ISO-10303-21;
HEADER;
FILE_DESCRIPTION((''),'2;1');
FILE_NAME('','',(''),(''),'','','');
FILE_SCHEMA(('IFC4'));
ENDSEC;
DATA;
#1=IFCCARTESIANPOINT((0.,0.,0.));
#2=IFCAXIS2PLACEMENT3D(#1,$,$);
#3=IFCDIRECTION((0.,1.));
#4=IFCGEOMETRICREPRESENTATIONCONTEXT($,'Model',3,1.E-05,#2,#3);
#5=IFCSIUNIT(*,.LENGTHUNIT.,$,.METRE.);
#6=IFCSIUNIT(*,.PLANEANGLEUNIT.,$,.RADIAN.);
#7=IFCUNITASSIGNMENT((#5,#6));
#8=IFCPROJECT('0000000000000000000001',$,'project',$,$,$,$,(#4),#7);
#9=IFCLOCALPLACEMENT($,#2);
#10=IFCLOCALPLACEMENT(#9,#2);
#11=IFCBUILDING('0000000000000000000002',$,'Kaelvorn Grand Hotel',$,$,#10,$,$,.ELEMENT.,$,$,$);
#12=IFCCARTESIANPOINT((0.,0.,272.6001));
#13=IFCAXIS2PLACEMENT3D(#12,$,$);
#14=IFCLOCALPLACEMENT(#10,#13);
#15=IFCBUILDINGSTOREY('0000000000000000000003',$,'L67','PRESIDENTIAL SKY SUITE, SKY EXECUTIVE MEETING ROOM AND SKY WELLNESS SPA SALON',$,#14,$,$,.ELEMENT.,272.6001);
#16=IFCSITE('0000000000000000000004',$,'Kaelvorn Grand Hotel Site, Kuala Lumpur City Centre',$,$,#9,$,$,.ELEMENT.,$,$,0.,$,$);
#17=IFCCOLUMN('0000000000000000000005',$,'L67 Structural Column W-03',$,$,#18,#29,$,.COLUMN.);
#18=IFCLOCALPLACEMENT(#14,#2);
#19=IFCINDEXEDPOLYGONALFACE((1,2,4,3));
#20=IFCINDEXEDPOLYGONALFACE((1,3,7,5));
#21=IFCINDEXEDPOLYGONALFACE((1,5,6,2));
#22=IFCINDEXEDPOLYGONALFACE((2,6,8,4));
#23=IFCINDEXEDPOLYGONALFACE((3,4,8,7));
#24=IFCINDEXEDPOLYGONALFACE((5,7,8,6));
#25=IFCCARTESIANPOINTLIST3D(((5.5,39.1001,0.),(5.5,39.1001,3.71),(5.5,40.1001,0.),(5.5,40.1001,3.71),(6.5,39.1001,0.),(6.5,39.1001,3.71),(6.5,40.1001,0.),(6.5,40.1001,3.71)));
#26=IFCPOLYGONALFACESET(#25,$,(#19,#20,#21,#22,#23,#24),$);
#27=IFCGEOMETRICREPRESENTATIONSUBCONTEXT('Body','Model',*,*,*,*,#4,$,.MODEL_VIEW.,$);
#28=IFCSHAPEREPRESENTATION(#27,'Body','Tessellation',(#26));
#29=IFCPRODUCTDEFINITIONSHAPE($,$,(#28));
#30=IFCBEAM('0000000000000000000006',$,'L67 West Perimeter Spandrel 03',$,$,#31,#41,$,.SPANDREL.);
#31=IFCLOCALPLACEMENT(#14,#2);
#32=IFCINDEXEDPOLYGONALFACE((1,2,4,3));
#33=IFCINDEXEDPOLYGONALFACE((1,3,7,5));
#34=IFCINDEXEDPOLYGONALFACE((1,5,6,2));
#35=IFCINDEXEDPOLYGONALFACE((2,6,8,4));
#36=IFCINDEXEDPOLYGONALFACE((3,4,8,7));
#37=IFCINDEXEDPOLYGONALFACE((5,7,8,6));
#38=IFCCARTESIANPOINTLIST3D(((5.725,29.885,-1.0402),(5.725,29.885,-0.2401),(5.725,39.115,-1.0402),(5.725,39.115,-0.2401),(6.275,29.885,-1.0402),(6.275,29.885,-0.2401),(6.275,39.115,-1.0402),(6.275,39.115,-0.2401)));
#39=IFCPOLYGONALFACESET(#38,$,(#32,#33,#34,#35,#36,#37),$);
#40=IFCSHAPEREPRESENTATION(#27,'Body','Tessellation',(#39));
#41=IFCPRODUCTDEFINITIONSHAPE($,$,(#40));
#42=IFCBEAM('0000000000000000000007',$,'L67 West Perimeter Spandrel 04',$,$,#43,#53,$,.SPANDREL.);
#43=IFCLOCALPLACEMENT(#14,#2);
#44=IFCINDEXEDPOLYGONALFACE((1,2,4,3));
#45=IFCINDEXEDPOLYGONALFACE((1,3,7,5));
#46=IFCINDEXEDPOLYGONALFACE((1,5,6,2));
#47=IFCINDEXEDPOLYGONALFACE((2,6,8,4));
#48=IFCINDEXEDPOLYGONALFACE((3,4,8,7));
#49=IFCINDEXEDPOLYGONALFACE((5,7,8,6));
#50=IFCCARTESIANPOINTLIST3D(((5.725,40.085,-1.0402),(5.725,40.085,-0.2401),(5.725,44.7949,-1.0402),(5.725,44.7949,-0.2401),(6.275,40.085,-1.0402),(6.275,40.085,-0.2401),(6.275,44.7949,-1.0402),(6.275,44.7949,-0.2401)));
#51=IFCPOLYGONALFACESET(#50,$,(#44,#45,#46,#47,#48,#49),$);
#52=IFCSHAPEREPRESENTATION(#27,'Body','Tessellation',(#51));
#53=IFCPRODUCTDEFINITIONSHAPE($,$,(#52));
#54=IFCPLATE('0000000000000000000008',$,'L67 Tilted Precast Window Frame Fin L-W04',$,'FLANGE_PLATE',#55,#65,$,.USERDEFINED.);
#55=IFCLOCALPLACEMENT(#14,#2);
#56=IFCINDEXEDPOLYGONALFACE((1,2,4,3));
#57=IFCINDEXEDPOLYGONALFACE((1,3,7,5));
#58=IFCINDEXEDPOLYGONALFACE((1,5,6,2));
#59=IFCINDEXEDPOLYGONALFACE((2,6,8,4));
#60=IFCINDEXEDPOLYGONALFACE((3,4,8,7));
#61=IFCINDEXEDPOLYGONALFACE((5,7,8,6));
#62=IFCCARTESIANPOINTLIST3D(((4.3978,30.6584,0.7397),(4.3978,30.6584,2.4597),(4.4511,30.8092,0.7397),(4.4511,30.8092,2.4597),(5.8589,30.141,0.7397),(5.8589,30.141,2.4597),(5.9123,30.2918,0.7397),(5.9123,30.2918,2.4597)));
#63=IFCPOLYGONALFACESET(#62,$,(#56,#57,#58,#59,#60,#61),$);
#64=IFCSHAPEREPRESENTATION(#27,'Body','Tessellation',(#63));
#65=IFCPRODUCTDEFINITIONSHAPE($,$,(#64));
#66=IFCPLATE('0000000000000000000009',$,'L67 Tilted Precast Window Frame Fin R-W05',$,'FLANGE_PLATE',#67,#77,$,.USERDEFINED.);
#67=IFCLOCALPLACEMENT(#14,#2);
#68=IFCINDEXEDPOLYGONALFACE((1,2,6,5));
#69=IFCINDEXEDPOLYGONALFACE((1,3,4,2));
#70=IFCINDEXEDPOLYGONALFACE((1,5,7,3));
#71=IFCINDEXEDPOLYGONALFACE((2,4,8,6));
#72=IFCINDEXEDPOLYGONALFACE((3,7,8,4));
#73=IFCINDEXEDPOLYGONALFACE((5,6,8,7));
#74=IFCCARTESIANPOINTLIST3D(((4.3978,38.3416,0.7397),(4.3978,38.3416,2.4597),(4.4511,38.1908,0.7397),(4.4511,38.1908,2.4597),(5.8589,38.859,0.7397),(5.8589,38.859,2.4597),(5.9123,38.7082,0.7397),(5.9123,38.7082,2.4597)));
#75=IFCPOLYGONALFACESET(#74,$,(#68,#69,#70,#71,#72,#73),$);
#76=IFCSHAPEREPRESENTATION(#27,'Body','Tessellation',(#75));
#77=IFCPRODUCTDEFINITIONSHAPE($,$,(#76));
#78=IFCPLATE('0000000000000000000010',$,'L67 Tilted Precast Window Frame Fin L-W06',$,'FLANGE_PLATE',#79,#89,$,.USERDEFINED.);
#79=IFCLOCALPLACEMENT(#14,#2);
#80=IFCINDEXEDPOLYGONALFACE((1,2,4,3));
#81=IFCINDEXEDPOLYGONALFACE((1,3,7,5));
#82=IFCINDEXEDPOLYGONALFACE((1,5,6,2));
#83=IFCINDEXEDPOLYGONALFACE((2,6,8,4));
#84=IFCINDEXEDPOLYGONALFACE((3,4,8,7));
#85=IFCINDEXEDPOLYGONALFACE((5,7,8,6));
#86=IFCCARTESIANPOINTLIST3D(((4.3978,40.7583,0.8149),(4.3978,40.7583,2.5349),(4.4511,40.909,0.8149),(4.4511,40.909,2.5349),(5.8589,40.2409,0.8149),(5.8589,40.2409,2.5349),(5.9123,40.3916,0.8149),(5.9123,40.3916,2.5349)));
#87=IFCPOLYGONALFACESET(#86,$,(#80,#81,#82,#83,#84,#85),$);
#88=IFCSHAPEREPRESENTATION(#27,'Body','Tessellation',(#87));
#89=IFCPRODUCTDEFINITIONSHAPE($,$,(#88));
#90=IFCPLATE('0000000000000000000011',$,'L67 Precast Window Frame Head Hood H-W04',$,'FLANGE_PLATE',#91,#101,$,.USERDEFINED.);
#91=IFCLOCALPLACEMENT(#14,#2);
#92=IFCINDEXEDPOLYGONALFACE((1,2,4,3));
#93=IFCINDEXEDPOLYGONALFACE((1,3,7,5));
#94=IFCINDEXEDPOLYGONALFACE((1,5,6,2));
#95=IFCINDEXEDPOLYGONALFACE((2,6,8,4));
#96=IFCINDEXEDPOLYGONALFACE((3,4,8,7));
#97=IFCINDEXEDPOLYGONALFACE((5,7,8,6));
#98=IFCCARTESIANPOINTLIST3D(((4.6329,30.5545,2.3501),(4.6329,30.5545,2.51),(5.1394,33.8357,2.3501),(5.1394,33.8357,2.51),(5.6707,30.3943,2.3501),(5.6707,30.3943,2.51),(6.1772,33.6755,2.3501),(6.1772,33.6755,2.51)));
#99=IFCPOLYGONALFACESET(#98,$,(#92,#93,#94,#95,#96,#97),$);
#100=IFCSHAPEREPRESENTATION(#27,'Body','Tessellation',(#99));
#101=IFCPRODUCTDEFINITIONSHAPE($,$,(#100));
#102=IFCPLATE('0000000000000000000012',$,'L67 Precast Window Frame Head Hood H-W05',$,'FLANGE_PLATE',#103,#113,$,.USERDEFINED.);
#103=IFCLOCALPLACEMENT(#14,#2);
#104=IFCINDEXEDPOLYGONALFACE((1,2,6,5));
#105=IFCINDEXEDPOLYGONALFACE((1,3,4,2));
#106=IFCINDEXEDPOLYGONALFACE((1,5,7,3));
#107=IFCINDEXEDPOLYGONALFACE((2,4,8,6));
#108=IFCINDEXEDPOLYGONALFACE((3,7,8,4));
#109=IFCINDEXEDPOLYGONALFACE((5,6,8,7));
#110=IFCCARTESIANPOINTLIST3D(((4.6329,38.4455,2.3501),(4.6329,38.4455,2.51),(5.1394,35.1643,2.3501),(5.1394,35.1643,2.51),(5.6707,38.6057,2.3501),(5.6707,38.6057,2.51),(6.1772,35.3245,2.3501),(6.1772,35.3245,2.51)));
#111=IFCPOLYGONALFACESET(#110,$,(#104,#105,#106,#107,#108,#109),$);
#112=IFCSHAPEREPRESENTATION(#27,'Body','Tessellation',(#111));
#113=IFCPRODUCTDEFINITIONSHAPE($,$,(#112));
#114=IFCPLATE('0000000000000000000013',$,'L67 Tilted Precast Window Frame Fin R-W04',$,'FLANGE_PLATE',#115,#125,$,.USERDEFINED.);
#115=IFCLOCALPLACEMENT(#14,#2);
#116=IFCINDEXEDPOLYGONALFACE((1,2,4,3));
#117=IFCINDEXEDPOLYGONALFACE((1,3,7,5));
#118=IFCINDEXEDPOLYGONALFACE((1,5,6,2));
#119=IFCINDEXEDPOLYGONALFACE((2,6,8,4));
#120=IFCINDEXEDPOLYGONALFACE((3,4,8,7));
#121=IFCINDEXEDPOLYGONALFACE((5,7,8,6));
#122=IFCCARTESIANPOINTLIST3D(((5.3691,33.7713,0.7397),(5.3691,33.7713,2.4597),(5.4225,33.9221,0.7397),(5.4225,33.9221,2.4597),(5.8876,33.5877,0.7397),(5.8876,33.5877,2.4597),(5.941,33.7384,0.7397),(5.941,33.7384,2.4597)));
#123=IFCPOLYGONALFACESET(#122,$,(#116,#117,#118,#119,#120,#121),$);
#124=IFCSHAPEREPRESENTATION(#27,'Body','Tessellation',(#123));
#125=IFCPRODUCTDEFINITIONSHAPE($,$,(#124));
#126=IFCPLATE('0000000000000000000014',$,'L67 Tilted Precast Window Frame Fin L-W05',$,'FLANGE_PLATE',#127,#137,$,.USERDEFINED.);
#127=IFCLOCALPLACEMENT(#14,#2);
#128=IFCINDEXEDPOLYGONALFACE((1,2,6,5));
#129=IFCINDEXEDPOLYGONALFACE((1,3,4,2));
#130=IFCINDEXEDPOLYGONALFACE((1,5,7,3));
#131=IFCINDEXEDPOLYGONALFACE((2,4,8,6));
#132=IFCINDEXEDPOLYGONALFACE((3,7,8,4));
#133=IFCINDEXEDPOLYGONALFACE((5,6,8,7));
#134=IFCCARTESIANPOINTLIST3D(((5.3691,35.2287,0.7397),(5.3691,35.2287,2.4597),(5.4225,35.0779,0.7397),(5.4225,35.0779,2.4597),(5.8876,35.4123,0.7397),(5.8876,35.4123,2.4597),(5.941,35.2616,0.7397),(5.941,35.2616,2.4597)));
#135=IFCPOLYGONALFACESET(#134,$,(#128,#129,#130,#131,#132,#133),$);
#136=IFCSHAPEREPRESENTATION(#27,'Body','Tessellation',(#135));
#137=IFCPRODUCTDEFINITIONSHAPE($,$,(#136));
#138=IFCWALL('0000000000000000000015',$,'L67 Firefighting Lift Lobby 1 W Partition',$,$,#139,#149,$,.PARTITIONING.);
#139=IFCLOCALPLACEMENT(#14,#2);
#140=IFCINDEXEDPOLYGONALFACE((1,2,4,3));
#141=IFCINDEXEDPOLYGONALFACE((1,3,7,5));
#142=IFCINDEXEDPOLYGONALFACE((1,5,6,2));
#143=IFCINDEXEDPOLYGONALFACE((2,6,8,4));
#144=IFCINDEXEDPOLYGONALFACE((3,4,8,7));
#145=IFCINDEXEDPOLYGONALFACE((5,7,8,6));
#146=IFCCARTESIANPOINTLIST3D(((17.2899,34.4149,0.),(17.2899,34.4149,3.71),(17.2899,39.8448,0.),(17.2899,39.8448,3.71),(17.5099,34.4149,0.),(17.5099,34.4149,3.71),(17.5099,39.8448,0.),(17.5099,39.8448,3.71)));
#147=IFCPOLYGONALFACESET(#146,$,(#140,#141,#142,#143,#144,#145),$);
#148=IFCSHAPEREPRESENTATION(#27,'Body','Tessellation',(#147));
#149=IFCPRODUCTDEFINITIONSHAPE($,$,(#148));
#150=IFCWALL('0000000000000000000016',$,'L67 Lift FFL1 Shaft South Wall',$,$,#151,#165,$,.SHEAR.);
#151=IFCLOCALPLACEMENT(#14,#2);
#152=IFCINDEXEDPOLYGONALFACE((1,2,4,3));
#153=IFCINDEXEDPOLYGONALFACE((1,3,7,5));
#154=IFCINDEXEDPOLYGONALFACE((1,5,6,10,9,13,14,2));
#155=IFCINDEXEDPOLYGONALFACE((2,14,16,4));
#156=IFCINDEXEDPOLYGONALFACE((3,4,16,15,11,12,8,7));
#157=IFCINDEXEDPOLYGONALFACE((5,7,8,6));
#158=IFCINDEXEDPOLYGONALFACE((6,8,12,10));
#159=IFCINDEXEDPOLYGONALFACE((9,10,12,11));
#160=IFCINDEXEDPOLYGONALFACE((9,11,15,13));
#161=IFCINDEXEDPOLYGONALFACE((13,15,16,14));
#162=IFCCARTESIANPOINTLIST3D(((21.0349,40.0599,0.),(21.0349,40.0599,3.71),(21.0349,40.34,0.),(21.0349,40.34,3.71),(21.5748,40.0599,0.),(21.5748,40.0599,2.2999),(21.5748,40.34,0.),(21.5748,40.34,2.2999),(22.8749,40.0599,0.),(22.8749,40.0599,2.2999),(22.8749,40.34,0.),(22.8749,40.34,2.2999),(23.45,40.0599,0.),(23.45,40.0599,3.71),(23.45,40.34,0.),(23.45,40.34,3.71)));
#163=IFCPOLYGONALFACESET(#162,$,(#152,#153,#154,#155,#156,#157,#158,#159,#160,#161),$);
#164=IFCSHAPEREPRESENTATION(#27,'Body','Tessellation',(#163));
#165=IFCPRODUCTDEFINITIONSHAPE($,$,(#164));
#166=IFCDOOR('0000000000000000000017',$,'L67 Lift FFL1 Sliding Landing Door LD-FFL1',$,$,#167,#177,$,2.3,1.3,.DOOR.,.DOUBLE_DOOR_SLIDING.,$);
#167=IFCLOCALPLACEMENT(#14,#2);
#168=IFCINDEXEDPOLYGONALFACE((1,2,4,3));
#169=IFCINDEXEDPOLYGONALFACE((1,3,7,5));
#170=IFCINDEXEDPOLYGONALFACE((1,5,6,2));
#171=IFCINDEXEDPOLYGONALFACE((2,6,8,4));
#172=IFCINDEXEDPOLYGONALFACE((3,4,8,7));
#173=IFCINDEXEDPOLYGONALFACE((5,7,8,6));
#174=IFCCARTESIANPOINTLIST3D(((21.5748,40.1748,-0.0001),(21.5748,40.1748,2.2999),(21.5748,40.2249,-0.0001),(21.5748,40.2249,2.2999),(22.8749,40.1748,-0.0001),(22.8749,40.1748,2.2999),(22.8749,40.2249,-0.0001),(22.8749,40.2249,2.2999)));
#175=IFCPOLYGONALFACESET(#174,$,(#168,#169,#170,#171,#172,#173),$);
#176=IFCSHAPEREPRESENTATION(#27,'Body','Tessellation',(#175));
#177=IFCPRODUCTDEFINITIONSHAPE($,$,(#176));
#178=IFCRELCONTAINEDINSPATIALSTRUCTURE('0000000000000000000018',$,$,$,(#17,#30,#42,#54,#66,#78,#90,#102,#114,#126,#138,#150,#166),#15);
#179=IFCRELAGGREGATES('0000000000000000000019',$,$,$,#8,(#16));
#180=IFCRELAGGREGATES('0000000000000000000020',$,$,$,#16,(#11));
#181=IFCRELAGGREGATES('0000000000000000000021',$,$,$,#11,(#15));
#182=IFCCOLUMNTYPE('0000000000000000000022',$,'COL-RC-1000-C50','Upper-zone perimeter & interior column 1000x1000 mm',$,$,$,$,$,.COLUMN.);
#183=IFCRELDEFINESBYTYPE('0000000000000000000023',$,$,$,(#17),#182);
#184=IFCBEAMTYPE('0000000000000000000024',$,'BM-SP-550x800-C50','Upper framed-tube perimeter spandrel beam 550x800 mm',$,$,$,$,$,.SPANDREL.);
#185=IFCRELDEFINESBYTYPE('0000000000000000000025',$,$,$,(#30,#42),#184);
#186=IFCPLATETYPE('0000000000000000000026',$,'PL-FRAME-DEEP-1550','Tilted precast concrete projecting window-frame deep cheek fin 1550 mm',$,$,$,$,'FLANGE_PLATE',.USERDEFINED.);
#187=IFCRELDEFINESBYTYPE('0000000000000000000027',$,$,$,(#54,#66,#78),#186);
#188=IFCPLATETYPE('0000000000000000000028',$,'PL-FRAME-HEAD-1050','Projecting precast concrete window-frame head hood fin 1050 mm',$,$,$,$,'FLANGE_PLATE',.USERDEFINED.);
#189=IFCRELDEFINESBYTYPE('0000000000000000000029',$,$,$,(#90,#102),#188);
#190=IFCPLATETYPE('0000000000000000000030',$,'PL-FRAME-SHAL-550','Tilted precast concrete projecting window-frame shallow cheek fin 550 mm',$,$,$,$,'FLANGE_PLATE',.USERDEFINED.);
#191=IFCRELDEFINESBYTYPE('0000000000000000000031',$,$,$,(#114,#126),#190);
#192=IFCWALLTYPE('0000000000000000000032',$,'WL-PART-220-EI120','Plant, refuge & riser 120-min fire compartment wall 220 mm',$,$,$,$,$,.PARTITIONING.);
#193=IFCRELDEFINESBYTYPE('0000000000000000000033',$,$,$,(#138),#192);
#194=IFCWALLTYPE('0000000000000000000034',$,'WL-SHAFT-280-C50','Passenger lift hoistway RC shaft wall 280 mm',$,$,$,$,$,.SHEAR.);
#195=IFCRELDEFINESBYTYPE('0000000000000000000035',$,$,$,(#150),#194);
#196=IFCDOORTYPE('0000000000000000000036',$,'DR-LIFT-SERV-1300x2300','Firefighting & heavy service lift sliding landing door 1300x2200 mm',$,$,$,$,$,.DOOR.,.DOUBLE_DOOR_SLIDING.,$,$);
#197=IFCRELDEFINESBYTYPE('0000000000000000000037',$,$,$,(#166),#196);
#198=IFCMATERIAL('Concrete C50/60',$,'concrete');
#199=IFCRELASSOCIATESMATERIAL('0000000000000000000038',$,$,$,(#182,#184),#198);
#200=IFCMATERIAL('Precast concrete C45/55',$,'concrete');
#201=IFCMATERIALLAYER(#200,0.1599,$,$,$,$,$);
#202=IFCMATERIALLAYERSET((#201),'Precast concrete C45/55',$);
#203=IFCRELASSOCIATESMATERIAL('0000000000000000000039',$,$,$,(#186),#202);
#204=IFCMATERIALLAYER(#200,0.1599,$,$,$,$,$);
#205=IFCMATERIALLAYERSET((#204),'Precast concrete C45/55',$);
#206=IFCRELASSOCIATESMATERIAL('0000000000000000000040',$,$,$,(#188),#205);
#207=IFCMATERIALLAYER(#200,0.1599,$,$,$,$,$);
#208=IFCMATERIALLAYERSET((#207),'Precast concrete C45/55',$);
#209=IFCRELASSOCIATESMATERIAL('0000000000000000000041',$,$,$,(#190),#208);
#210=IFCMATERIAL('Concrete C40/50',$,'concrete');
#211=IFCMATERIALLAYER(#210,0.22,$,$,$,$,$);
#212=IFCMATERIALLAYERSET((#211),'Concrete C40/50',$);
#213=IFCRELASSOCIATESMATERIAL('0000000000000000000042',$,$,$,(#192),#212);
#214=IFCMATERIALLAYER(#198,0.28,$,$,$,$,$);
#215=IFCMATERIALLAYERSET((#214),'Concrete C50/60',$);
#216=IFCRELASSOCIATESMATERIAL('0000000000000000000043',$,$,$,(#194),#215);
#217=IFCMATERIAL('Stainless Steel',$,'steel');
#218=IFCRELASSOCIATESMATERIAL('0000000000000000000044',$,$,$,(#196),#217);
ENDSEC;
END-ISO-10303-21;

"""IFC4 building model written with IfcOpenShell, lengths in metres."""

from ifc_helpers import new_model, si_unit, direction, frame, frame_2d, origin, origin_2d, place, context, subcontext, project, spatial, rectangle, extrude, material, layer, layer_set, material_profile, profile_set, type_object, element, fill, save


model = new_model("IFC4")

# Units and contexts
model_context = context("Model", 3, precision=1e-05, world=origin(), true_north=direction((0.0, 1.0)))
body_context = subcontext(model_context, "Body", "Model", "MODEL_VIEW")
ifc_project = project(units=[si_unit("LENGTHUNIT", "METRE"), si_unit("PLANEANGLEUNIT", "RADIAN")], contexts=[model_context])

# Site, building, storey
site_placement = place(None, origin())
site = spatial("IfcSite", under=ifc_project, at=site_placement, Name="Kaelvorn Grand Hotel Site, Kuala Lumpur City Centre", CompositionType="ELEMENT", RefElevation=0.0)
building_placement = place(site_placement, origin())
building = spatial("IfcBuilding", under=site, at=building_placement, Name="Kaelvorn Grand Hotel", CompositionType="ELEMENT")
storey_placement = place(building_placement, frame((0.0, 0.0, 272.6001)))
storey = spatial("IfcBuildingStorey", under=building, at=storey_placement, Name="L67", Description="PRESIDENTIAL SKY SUITE, SKY EXECUTIVE MEETING ROOM AND SKY WELLNESS SPA SALON", CompositionType="ELEMENT", Elevation=272.6001)

# Column
ifc_material_1 = material(Name="Concrete C50/60", Category="concrete")
ifc_material_profile_1 = material_profile(ifc_material_1, rectangle(XDim=1.0, YDim=1.0, at=origin_2d()), Name="RC COL 1000x1000")
ifc_profile_set_1 = profile_set([ifc_material_profile_1], Name="Concrete C50/60")
column_type = type_object("IfcColumnType", Name="COL-RC-1000-C50", Description="Upper-zone perimeter & interior column 1000x1000 mm", PredefinedType="COLUMN", material=ifc_profile_set_1)
column_placement = place(storey_placement, frame((6.0, 39.6001, 0.0), z_axis=(0.0, 0.0, 1.0), x_axis=(1.0, 0.0, 0.0)))
element("IfcColumn", 1, at=column_placement, inside=storey, type_object=column_type, Name="L67 Structural Column W-03", PredefinedType="COLUMN", context=body_context, shape_type="SweptSolid", body=[
    extrude(rectangle(XDim=1.0, YDim=1.0, at=origin_2d()), origin(), (0.0, 0.0, 1.0), 3.71),
])

# Beams
ifc_material_profile_2 = material_profile(ifc_material_1, rectangle(XDim=0.55, YDim=0.8, at=origin_2d()), Name="RC SPANDREL 550x800")
ifc_profile_set_2 = profile_set([ifc_material_profile_2], Name="Concrete C50/60")
beam_type = type_object("IfcBeamType", Name="BM-SP-550x800-C50", Description="Upper framed-tube perimeter spandrel beam 550x800 mm", PredefinedType="SPANDREL", material=ifc_profile_set_2)
beam_1_placement = place(storey_placement, frame((6.0, 29.885, -0.6401), z_axis=(0.0, 1.0, 0.0), x_axis=(-1.0, 0.0, 0.0)))
element("IfcBeam", 2, at=beam_1_placement, inside=storey, type_object=beam_type, Name="L67 West Perimeter Spandrel 03", PredefinedType="SPANDREL", context=body_context, shape_type="SweptSolid", body=[
    extrude(rectangle(XDim=0.55, YDim=0.8, at=origin_2d()), origin(), (0.0, 0.0, 1.0), 9.23),
])
beam_2_placement = place(storey_placement, frame((6.0, 40.085, -0.6401), z_axis=(0.0, 1.0, 0.0), x_axis=(-1.0, 0.0, 0.0)))
element("IfcBeam", 3, at=beam_2_placement, inside=storey, type_object=beam_type, Name="L67 West Perimeter Spandrel 04", PredefinedType="SPANDREL", context=body_context, shape_type="SweptSolid", body=[
    extrude(rectangle(XDim=0.55, YDim=0.8, at=origin_2d()), origin(), (0.0, 0.0, 1.0), 4.71),
])

# Plates
ifc_material_2 = material(Name="Precast concrete C45/55", Category="concrete")
ifc_layer_1 = layer(ifc_material_2, 0.1599)
ifc_layer_set_1 = layer_set([ifc_layer_1], Name="Precast concrete C45/55")
plate_type_1 = type_object("IfcPlateType", Name="PL-FRAME-DEEP-1550", Description="Tilted precast concrete projecting window-frame deep cheek fin 1550 mm", ElementType="FLANGE_PLATE", PredefinedType="USERDEFINED", material=ifc_layer_set_1)
for number, where, z_axis, x_axis, name in (
    (4, (5.155, 30.4751, 0.7397), (0.0, 0.0, 1.0), (0.333807, 0.942641, 0.0), "L67 Tilted Precast Window Frame Fin L-W04"),
    (5, (5.155, 38.5249, 0.7397), (0.0, 0.0, 1.0), (-0.333807, 0.942641, 0.0), "L67 Tilted Precast Window Frame Fin R-W05"),
    (6, (5.155, 40.575, 0.8149), (0.0, 0.0, 1.0), (0.333807, 0.942641, 0.0), "L67 Tilted Precast Window Frame Fin L-W06"),
):
    element("IfcPlate", number, at=place(storey_placement, frame(where, z_axis=z_axis, x_axis=x_axis)), inside=storey, type_object=plate_type_1, Name=name, ObjectType="FLANGE_PLATE", PredefinedType="USERDEFINED", context=body_context, shape_type="SweptSolid", body=[
        extrude(rectangle(XDim=0.1599, YDim=1.55, at=origin_2d()), origin(), (0.0, 0.0, 1.0), 1.72),
    ])
ifc_layer_2 = layer(ifc_material_2, 0.1599)
ifc_layer_set_2 = layer_set([ifc_layer_2], Name="Precast concrete C45/55")
plate_type_2 = type_object("IfcPlateType", Name="PL-FRAME-HEAD-1050", Description="Projecting precast concrete window-frame head hood fin 1050 mm", ElementType="FLANGE_PLATE", PredefinedType="USERDEFINED", material=ifc_layer_set_2)
for number, where, z_axis, x_axis, name in (
    (7, (5.405, 32.115, 2.3501), (0.0, 0.0, 1.0), (0.152555, 0.988295, 0.0), "L67 Precast Window Frame Head Hood H-W04"),
    (8, (5.405, 36.885, 2.3501), (0.0, 0.0, 1.0), (-0.152555, 0.988295, 0.0), "L67 Precast Window Frame Head Hood H-W05"),
):
    element("IfcPlate", number, at=place(storey_placement, frame(where, z_axis=z_axis, x_axis=x_axis)), inside=storey, type_object=plate_type_2, Name=name, ObjectType="FLANGE_PLATE", PredefinedType="USERDEFINED", context=body_context, shape_type="SweptSolid", body=[
        extrude(rectangle(XDim=3.3201, YDim=1.05, at=origin_2d()), origin(), (0.0, 0.0, 1.0), 0.1599),
    ])
ifc_layer_3 = layer(ifc_material_2, 0.1599)
ifc_layer_set_3 = layer_set([ifc_layer_3], Name="Precast concrete C45/55")
plate_type_3 = type_object("IfcPlateType", Name="PL-FRAME-SHAL-550", Description="Tilted precast concrete projecting window-frame shallow cheek fin 550 mm", ElementType="FLANGE_PLATE", PredefinedType="USERDEFINED", material=ifc_layer_set_3)
for number, where, z_axis, x_axis, name in (
    (9, (5.655, 33.7549, 0.7397), (0.0, 0.0, 1.0), (0.333807, 0.942641, 0.0), "L67 Tilted Precast Window Frame Fin R-W04"),
    (10, (5.655, 35.2451, 0.7397), (0.0, 0.0, 1.0), (-0.333807, 0.942641, 0.0), "L67 Tilted Precast Window Frame Fin L-W05"),
):
    element("IfcPlate", number, at=place(storey_placement, frame(where, z_axis=z_axis, x_axis=x_axis)), inside=storey, type_object=plate_type_3, Name=name, ObjectType="FLANGE_PLATE", PredefinedType="USERDEFINED", context=body_context, shape_type="SweptSolid", body=[
        extrude(rectangle(XDim=0.1599, YDim=0.55, at=origin_2d()), origin(), (0.0, 0.0, 1.0), 1.72),
    ])

# Shared definitions
ifc_material_3 = material(Name="Concrete C40/50", Category="concrete")
ifc_layer_4 = layer(ifc_material_3, 0.22)
ifc_layer_set_4 = layer_set([ifc_layer_4], Name="Concrete C40/50")
wall_type_1 = type_object("IfcWallType", Name="WL-PART-220-EI120", Description="Plant, refuge & riser 120-min fire compartment wall 220 mm", PredefinedType="PARTITIONING", material=ifc_layer_set_4)

# Wall
wall_1_placement = place(storey_placement, frame((17.3999, 34.415, 0.0), z_axis=(0.0, 0.0, 1.0), x_axis=(0.0, 1.0, 0.0)))
element("IfcWall", 11, at=wall_1_placement, inside=storey, type_object=wall_type_1, Name="L67 Firefighting Lift Lobby 1 W Partition", PredefinedType="PARTITIONING", context=body_context, shape_type="SweptSolid", body=[
    extrude(rectangle(XDim=5.4299, YDim=0.22, at=frame_2d((2.7148, 0.0))), origin(), (0.0, 0.0, 1.0), 3.71),
])

# Wall, opening, door
ifc_layer_5 = layer(ifc_material_1, 0.28)
ifc_layer_set_5 = layer_set([ifc_layer_5], Name="Concrete C50/60")
wall_type_2 = type_object("IfcWallType", Name="WL-SHAFT-280-C50", Description="Passenger lift hoistway RC shaft wall 280 mm", PredefinedType="SHEAR", material=ifc_layer_set_5)
wall_2_placement = place(storey_placement, frame((21.0349, 40.2, 0.0), z_axis=(0.0, 0.0, 1.0), x_axis=(1.0, 0.0, 0.0)))
wall_2 = element("IfcWall", 12, at=wall_2_placement, inside=storey, type_object=wall_type_2, Name="L67 Lift FFL1 Shaft South Wall", PredefinedType="SHEAR", context=body_context, shape_type="SweptSolid", body=[
    extrude(rectangle(XDim=2.415, YDim=0.28, at=frame_2d((1.2075, 0.0))), origin(), (0.0, 0.0, 1.0), 3.71),
])
opening_1_placement = place(wall_2_placement, frame((0.54, 0.0, 0.0)))
opening_1 = element("IfcOpeningElement", 13, at=opening_1_placement, cuts=wall_2, PredefinedType="OPENING", context=body_context, shape_type="SweptSolid", body=[
    extrude(rectangle(XDim=1.3, YDim=2.3, at=frame_2d((0.6499, 1.1499))), frame((0.0, 0.1499, 0.0), z_axis=(0.0, -1.0, 0.0), x_axis=(1.0, 0.0, 0.0)), (0.0, 0.0, 1.0), 0.3),
])
ifc_material_4 = material(Name="Stainless Steel", Category="steel")
door_type_1 = type_object("IfcDoorType", Name="DR-LIFT-SERV-1300x2300", Description="Firefighting & heavy service lift sliding landing door 1300x2200 mm", OperationType="DOUBLE_DOOR_SLIDING", PredefinedType="DOOR", material=ifc_material_4)
door_1_placement = place(opening_1_placement, origin())
door_1 = element("IfcDoor", 14, at=door_1_placement, inside=storey, type_object=door_type_1, Name="L67 Lift FFL1 Sliding Landing Door LD-FFL1", OperationType="DOUBLE_DOOR_SLIDING", OverallHeight=2.3, OverallWidth=1.3, PredefinedType="DOOR", context=body_context, shape_type="SweptSolid", body=[
    extrude(rectangle(XDim=1.3, YDim=2.3, at=frame_2d((0.6499, 1.1499))), frame((0.0, 0.0249, 0.0), z_axis=(0.0, -1.0, 0.0), x_axis=(1.0, 0.0, 0.0)), (0.0, 0.0, 1.0), 0.05),
])
fill(opening_1, door_1)

save(model, "model.ifc")
